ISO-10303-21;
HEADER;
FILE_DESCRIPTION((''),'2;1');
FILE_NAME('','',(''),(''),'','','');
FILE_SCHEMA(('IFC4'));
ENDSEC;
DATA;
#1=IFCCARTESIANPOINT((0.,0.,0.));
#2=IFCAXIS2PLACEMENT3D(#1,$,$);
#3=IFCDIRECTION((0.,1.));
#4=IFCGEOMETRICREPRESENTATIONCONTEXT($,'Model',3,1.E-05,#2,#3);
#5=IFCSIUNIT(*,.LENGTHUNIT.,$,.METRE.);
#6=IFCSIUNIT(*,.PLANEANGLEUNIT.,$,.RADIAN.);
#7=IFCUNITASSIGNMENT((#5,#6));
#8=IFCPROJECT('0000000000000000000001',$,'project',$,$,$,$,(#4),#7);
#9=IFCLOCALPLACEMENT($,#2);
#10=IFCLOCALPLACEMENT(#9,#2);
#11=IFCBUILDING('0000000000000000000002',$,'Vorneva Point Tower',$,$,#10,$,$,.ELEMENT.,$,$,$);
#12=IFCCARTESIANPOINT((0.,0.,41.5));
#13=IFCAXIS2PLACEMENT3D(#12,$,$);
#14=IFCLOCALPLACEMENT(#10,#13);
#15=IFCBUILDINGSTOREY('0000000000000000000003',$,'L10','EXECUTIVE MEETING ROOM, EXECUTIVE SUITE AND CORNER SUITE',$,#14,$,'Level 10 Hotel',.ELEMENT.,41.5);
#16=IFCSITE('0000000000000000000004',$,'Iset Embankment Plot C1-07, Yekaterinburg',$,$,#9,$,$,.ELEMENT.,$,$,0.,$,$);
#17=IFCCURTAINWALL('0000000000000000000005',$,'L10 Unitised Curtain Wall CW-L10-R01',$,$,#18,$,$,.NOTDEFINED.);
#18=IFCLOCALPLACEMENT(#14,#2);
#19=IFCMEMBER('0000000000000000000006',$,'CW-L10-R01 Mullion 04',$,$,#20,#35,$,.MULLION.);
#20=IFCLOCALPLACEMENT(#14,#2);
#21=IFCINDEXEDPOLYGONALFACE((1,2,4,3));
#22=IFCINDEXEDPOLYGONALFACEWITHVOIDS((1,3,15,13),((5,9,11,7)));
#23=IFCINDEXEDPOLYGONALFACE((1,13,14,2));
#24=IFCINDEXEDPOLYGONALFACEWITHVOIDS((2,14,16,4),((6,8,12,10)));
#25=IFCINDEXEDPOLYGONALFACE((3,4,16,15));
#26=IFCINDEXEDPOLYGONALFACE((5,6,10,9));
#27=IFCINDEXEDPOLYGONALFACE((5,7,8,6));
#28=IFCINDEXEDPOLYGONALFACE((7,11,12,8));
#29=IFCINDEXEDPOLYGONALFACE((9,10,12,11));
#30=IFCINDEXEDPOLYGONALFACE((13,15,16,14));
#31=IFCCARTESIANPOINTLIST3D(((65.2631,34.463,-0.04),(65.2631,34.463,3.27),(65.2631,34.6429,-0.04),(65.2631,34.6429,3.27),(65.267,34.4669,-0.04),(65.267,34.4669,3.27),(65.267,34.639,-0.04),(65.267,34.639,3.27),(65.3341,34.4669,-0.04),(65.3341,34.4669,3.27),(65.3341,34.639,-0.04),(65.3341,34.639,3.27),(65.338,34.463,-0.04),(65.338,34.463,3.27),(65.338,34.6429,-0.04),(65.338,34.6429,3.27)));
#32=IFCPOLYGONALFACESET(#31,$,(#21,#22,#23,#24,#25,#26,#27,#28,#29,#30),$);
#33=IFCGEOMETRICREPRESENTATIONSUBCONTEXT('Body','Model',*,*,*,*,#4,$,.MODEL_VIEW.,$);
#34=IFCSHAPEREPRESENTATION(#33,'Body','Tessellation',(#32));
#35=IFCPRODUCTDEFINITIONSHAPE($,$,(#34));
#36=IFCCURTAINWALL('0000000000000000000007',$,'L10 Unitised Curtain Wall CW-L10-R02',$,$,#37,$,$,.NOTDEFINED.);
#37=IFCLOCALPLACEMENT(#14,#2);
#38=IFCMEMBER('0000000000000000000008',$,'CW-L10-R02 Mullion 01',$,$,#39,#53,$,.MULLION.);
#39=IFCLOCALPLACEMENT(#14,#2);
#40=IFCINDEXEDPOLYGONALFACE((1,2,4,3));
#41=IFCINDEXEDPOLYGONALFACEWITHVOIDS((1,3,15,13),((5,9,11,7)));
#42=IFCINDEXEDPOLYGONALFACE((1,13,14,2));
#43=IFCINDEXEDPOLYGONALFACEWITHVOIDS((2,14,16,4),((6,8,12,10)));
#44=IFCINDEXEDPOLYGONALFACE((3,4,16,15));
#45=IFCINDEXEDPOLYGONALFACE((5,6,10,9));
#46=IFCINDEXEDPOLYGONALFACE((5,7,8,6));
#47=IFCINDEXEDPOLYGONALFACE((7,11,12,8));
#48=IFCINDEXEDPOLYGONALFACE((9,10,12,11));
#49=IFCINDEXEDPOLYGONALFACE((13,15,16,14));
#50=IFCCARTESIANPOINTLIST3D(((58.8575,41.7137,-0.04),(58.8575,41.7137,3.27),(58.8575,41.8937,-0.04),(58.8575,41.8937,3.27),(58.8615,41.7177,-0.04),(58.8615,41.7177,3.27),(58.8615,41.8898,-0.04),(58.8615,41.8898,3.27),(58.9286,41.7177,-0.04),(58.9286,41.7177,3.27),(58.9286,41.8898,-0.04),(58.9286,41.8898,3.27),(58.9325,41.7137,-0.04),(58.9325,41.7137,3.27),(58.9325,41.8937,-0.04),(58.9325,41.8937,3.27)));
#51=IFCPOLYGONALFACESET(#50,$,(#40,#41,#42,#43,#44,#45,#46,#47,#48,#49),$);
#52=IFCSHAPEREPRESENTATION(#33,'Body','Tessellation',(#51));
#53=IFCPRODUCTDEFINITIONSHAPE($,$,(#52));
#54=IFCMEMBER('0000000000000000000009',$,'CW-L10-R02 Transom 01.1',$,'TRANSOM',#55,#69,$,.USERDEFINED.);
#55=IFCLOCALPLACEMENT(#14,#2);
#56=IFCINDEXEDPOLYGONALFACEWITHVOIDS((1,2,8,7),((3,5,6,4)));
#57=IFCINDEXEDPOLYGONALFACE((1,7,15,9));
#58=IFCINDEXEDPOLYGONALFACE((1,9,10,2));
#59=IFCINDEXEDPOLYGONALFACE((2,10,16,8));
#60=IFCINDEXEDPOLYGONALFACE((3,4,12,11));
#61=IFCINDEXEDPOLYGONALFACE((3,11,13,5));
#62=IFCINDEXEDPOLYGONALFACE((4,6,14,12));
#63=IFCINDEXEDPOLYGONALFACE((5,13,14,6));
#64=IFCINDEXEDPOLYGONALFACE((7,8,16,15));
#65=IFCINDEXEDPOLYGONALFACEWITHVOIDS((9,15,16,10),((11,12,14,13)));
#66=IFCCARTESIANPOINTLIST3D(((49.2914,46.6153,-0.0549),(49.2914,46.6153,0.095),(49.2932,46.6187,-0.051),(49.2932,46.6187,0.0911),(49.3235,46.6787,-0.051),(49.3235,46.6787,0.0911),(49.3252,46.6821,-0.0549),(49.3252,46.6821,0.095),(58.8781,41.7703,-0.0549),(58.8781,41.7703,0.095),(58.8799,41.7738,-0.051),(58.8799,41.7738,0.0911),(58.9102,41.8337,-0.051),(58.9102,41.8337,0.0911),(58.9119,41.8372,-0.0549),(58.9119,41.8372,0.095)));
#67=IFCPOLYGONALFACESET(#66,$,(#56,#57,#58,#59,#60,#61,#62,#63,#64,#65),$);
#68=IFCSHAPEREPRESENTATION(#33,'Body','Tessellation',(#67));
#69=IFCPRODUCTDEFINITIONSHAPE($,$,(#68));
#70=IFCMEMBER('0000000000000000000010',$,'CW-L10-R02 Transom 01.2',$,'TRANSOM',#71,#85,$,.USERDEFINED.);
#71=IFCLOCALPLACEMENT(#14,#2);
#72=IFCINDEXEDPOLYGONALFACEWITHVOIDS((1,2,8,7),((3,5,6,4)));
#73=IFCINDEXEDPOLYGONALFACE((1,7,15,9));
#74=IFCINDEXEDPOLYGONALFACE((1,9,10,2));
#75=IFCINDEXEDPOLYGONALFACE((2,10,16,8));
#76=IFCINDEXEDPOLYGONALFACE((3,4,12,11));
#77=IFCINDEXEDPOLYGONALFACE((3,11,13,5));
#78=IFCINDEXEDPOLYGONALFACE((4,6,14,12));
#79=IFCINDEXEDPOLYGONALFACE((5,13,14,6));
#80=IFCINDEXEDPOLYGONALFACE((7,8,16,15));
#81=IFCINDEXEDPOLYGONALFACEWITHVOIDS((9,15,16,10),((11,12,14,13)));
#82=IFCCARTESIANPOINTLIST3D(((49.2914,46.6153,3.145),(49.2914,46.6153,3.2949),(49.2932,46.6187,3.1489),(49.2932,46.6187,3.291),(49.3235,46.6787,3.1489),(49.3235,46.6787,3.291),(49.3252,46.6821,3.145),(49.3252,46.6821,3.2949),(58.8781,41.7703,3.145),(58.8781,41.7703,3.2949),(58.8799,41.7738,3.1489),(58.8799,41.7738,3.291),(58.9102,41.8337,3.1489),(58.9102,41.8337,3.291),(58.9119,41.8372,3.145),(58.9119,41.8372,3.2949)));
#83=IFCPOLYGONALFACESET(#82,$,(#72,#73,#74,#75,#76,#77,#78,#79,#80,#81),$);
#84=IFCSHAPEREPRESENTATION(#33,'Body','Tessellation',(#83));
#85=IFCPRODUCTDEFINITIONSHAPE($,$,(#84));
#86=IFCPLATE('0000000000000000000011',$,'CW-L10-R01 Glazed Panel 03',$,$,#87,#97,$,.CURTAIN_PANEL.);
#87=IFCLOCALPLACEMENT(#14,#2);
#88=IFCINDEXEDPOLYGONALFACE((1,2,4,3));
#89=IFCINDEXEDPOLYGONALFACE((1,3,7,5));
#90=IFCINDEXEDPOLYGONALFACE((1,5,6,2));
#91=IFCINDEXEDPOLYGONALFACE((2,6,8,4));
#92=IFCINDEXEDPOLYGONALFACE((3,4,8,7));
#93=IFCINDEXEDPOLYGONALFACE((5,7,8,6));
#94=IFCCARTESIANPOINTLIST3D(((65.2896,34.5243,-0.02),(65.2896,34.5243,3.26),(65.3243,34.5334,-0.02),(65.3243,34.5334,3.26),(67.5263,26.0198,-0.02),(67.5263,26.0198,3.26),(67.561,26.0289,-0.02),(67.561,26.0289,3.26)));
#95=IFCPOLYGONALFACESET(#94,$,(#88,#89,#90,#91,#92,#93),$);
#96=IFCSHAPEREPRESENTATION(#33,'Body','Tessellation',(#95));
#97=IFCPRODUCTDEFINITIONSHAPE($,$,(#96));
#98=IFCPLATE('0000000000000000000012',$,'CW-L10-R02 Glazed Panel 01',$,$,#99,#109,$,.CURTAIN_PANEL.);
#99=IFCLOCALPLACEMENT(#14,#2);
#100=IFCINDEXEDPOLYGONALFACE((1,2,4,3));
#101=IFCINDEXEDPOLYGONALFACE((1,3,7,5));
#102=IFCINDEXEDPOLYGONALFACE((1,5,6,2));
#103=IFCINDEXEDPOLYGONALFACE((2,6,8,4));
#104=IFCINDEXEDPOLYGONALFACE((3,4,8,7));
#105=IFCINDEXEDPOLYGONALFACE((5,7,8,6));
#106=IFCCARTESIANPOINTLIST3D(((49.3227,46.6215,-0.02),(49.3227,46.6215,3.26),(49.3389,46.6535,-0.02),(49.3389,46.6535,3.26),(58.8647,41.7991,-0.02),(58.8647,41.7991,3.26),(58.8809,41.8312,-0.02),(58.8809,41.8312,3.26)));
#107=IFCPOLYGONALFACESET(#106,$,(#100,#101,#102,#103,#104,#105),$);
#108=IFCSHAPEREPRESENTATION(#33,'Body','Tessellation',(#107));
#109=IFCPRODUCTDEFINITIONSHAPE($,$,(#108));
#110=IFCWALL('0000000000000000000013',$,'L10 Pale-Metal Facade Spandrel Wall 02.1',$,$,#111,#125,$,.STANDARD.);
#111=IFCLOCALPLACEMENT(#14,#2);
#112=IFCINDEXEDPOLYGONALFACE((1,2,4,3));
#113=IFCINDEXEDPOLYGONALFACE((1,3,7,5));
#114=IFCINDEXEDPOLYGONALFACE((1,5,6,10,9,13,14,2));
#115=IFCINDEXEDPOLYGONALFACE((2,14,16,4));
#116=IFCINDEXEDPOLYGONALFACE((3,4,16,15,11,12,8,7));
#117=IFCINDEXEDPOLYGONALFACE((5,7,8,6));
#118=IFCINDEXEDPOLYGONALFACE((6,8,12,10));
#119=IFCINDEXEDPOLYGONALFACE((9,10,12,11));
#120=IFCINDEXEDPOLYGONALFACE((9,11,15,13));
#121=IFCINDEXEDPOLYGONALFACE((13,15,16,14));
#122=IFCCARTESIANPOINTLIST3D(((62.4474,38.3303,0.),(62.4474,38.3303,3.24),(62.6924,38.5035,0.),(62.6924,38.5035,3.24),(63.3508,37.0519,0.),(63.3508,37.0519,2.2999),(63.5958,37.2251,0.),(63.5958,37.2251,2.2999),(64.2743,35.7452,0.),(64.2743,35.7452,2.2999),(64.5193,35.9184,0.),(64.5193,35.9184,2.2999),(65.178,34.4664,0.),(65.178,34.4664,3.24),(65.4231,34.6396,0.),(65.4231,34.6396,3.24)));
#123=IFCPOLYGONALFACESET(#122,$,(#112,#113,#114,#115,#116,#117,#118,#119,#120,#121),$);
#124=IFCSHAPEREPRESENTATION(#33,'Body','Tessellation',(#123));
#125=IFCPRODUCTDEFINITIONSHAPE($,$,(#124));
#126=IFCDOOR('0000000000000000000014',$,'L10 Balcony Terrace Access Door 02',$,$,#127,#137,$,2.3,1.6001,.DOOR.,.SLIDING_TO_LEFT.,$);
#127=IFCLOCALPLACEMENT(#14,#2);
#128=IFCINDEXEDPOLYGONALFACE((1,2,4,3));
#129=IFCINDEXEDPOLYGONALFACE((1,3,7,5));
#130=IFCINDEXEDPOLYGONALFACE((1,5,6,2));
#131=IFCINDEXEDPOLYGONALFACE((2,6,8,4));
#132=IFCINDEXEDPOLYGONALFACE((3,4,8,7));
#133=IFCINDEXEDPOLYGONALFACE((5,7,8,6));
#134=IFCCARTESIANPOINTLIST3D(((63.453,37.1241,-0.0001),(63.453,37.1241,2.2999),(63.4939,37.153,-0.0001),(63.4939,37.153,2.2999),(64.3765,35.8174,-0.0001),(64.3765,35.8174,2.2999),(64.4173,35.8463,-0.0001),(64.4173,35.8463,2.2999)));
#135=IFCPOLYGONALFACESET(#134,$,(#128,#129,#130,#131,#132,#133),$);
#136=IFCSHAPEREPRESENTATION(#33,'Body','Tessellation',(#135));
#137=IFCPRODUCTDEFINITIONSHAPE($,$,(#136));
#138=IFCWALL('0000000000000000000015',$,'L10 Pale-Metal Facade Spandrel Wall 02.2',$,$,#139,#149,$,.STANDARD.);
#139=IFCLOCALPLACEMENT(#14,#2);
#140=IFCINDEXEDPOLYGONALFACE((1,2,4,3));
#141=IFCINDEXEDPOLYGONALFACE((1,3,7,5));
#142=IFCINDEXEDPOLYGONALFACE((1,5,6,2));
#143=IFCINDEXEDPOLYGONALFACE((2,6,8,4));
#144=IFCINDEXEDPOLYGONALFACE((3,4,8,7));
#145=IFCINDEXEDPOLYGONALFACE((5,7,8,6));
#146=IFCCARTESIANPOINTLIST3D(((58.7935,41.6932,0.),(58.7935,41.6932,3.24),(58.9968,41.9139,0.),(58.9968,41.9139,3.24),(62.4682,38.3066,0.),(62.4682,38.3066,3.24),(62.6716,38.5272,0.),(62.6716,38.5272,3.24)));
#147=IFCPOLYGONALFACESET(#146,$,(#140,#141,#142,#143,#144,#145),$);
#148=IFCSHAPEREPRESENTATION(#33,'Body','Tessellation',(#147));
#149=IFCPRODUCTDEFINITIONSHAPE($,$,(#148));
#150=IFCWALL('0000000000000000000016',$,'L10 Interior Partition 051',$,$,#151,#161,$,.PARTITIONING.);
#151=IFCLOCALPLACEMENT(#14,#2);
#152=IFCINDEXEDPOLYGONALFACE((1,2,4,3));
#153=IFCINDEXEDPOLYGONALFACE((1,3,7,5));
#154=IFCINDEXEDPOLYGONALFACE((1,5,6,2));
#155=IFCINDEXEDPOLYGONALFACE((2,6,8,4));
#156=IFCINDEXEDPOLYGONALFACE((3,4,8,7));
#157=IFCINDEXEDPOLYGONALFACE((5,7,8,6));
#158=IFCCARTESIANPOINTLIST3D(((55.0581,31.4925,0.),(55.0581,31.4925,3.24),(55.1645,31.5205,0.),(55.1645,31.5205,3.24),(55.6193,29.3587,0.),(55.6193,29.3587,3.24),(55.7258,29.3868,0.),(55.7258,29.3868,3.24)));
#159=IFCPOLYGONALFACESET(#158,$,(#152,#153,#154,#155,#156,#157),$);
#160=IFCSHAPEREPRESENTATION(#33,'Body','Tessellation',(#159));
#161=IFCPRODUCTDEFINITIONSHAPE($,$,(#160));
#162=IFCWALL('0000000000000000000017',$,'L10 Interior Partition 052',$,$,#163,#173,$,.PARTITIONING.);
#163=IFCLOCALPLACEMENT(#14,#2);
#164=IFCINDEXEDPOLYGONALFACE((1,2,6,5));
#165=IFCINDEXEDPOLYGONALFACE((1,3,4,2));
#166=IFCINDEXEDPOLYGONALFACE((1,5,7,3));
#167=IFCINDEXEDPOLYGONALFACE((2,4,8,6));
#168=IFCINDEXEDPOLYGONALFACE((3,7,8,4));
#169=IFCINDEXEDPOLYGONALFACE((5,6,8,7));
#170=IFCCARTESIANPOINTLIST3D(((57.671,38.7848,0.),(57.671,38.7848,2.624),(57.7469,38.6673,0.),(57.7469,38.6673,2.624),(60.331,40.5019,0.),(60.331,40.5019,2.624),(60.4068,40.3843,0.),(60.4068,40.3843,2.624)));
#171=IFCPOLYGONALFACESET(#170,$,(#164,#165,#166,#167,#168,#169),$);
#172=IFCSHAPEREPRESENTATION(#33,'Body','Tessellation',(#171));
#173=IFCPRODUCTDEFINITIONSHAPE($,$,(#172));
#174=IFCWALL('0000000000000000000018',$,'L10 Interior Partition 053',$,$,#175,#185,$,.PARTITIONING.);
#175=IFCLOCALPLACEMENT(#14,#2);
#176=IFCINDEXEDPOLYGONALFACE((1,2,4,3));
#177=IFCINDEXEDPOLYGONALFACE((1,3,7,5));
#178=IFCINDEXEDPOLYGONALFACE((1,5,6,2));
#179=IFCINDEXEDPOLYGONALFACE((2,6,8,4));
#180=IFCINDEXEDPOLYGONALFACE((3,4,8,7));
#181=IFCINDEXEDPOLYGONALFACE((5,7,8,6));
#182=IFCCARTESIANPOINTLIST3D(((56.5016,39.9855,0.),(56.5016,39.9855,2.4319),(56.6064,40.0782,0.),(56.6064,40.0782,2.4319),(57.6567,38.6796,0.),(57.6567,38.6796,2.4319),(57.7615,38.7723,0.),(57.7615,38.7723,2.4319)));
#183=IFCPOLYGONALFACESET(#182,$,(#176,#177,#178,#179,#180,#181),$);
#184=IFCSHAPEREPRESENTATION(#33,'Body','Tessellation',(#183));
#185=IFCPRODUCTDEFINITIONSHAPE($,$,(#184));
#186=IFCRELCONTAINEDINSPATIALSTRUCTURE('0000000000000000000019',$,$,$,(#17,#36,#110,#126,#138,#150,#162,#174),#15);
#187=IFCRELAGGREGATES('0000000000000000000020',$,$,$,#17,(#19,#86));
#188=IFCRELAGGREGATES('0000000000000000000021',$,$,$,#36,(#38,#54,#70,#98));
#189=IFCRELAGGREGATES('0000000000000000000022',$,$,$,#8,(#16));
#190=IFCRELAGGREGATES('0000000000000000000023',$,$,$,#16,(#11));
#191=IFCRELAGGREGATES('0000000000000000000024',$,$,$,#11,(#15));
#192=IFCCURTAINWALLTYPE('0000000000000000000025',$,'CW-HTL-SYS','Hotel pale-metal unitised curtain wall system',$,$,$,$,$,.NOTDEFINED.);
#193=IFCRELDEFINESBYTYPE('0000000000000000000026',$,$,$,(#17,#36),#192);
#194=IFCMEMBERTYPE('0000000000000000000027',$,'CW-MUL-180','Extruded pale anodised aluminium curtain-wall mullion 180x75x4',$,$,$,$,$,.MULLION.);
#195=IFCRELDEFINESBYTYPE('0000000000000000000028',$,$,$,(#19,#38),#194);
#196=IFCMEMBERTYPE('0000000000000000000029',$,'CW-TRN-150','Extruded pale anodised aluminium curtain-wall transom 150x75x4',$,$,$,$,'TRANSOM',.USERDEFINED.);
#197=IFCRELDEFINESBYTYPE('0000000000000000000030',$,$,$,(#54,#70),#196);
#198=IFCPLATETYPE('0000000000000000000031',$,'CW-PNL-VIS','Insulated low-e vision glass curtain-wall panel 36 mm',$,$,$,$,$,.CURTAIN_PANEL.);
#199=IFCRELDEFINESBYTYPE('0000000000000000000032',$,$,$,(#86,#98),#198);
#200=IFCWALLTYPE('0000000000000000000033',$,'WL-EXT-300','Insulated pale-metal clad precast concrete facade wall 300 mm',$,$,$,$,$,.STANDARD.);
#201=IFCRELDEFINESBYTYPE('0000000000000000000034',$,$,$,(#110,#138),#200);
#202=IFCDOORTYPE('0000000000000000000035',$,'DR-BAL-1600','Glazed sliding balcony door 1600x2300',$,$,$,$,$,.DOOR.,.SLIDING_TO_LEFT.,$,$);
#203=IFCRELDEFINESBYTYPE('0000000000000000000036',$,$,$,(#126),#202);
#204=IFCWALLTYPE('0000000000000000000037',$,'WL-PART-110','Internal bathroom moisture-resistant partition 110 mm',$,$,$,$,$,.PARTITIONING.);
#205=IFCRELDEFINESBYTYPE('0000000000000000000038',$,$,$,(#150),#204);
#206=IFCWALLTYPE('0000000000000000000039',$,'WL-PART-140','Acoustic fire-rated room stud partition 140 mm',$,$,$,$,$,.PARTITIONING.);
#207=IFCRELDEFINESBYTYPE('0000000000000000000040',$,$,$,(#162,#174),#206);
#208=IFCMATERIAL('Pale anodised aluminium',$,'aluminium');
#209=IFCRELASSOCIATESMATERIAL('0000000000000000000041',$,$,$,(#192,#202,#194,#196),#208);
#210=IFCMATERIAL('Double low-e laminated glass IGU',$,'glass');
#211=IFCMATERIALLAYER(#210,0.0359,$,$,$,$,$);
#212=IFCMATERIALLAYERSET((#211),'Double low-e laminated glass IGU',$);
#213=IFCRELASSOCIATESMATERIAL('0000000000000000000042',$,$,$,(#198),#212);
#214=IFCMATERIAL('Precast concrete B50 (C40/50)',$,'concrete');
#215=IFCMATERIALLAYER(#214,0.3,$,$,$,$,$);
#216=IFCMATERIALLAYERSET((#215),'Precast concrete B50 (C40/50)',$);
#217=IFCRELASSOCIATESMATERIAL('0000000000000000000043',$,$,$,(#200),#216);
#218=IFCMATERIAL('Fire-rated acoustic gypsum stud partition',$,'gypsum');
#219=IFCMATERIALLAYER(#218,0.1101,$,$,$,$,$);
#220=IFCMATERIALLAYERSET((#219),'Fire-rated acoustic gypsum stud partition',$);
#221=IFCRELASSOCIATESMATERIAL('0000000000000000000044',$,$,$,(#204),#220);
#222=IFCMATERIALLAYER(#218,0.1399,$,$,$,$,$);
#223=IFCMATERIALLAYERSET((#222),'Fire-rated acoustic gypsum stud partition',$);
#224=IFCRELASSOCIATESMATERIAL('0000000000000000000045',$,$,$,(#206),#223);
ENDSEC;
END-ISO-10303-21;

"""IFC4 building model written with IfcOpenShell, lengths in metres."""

from ifc_helpers import new_model, si_unit, direction, frame, frame_2d, origin, origin_2d, place, context, subcontext, project, spatial, rectangle, hollow_rectangle, extrude, material, layer, layer_set, material_profile, profile_set, type_object, element, fill, aggregate, save


model = new_model("IFC4")

# Units and contexts
model_context = context("Model", 3, precision=1e-05, world=origin(), true_north=direction((0.0, 1.0)))
body_context = subcontext(model_context, "Body", "Model", "MODEL_VIEW")
ifc_project = project(units=[si_unit("LENGTHUNIT", "METRE"), si_unit("PLANEANGLEUNIT", "RADIAN")], contexts=[model_context])

# Site, building, storey
site_placement = place(None, origin())
site = spatial("IfcSite", under=ifc_project, at=site_placement, Name="Iset Embankment Plot C1-07, Yekaterinburg", CompositionType="ELEMENT", RefElevation=0.0)
building_placement = place(site_placement, origin())
building = spatial("IfcBuilding", under=site, at=building_placement, Name="Vorneva Point Tower", CompositionType="ELEMENT")
storey_placement = place(building_placement, frame((0.0, 0.0, 41.5)))
storey = spatial("IfcBuildingStorey", under=building, at=storey_placement, Name="L10", Description="EXECUTIVE MEETING ROOM, EXECUTIVE SUITE AND CORNER SUITE", LongName="Level 10 Hotel", CompositionType="ELEMENT", Elevation=41.5)

# Curtain wall, member
ifc_material_1 = material(Name="Pale anodised aluminium", Category="aluminium")
curtain_wall_type = type_object("IfcCurtainWallType", Name="CW-HTL-SYS", Description="Hotel pale-metal unitised curtain wall system", PredefinedType="NOTDEFINED", material=ifc_material_1)
curtain_wall_1_placement = place(storey_placement, origin())
curtain_wall_1 = element("IfcCurtainWall", 1, at=curtain_wall_1_placement, inside=storey, type_object=curtain_wall_type, Name="L10 Unitised Curtain Wall CW-L10-R01", PredefinedType="NOTDEFINED")
ifc_material_profile_1 = material_profile(ifc_material_1, hollow_rectangle(XDim=0.075, YDim=0.1799, WallThickness=0.0039, at=origin_2d()), Name="AL-MUL 180x75x4")
ifc_profile_set_1 = profile_set([ifc_material_profile_1], Name="Pale anodised aluminium")
member_type_1 = type_object("IfcMemberType", Name="CW-MUL-180", Description="Extruded pale anodised aluminium curtain-wall mullion 180x75x4", PredefinedType="MULLION", material=ifc_profile_set_1)
member_1_placement = place(storey_placement, frame((65.3005, 34.553, -0.04), z_axis=(0.0, 0.0, 1.0), x_axis=(1.0, 0.0, 0.0)))
member_1 = element("IfcMember", 2, at=member_1_placement, type_object=member_type_1, Name="CW-L10-R01 Mullion 04", PredefinedType="MULLION", context=body_context, shape_type="SweptSolid", body=[
    extrude(hollow_rectangle(XDim=0.075, YDim=0.1799, WallThickness=0.0039, at=origin_2d()), origin(), (0.0, 0.0, 1.0), 3.3101),
])

# Curtain wall, members
curtain_wall_2_placement = place(storey_placement, origin())
curtain_wall_2 = element("IfcCurtainWall", 3, at=curtain_wall_2_placement, inside=storey, type_object=curtain_wall_type, Name="L10 Unitised Curtain Wall CW-L10-R02", PredefinedType="NOTDEFINED")
member_2_placement = place(storey_placement, frame((58.895, 41.8037, -0.04), z_axis=(0.0, 0.0, 1.0), x_axis=(1.0, 0.0, 0.0)))
member_2 = element("IfcMember", 4, at=member_2_placement, type_object=member_type_1, Name="CW-L10-R02 Mullion 01", PredefinedType="MULLION", context=body_context, shape_type="SweptSolid", body=[
    extrude(hollow_rectangle(XDim=0.075, YDim=0.1799, WallThickness=0.0039, at=origin_2d()), origin(), (0.0, 0.0, 1.0), 3.3101),
])
ifc_material_profile_2 = material_profile(ifc_material_1, hollow_rectangle(XDim=0.075, YDim=0.1499, WallThickness=0.0039, at=origin_2d()), Name="AL-TRN 150x75x4")
ifc_profile_set_2 = profile_set([ifc_material_profile_2], Name="Pale anodised aluminium")
member_type_2 = type_object("IfcMemberType", Name="CW-TRN-150", Description="Extruded pale anodised aluminium curtain-wall transom 150x75x4", ElementType="TRANSOM", PredefinedType="USERDEFINED", material=ifc_profile_set_2)
member_3_placement = place(storey_placement, frame((58.895, 41.8037, 0.02), z_axis=(-0.892496, 0.451055, 0.0), x_axis=(-0.451055, -0.892496, 0.0)))
member_3 = element("IfcMember", 5, at=member_3_placement, type_object=member_type_2, Name="CW-L10-R02 Transom 01.1", ObjectType="TRANSOM", PredefinedType="USERDEFINED", context=body_context, shape_type="SweptSolid", body=[
    extrude(hollow_rectangle(XDim=0.075, YDim=0.1499, WallThickness=0.0039, at=origin_2d()), origin(), (0.0, 0.0, 1.0), 10.7415),
])
member_4_placement = place(storey_placement, frame((58.895, 41.8037, 3.22), z_axis=(-0.892496, 0.451055, 0.0), x_axis=(-0.451055, -0.892496, 0.0)))
member_4 = element("IfcMember", 6, at=member_4_placement, type_object=member_type_2, Name="CW-L10-R02 Transom 01.2", ObjectType="TRANSOM", PredefinedType="USERDEFINED", context=body_context, shape_type="SweptSolid", body=[
    extrude(hollow_rectangle(XDim=0.075, YDim=0.1499, WallThickness=0.0039, at=origin_2d()), origin(), (0.0, 0.0, 1.0), 10.7415),
])

# Plates
ifc_material_2 = material(Name="Double low-e laminated glass IGU", Category="glass")
ifc_layer_1 = layer(ifc_material_2, 0.0359)
ifc_layer_set_1 = layer_set([ifc_layer_1], Name="Double low-e laminated glass IGU")
plate_type = type_object("IfcPlateType", Name="CW-PNL-VIS", Description="Insulated low-e vision glass curtain-wall panel 36 mm", PredefinedType="CURTAIN_PANEL", material=ifc_layer_set_1)
plate_1_placement = place(storey_placement, frame((66.4253, 30.2766, -0.02), z_axis=(0.0, 0.0, 1.0), x_axis=(-0.254349, 0.967113, 0.0)))
plate_1 = element("IfcPlate", 7, at=plate_1_placement, type_object=plate_type, Name="CW-L10-R01 Glazed Panel 03", PredefinedType="CURTAIN_PANEL", context=body_context, shape_type="SweptSolid", body=[
    extrude(rectangle(XDim=8.7937, YDim=0.0359, at=origin_2d()), origin(), (0.0, 0.0, 1.0), 3.28),
])
aggregate(curtain_wall_1, [member_1, plate_1])
plate_2_placement = place(storey_placement, frame((54.1018, 44.2263, -0.02), z_axis=(0.0, 0.0, 1.0), x_axis=(-0.892499, 0.451049, 0.0)))
plate_2 = element("IfcPlate", 8, at=plate_2_placement, type_object=plate_type, Name="CW-L10-R02 Glazed Panel 01", PredefinedType="CURTAIN_PANEL", context=body_context, shape_type="SweptSolid", body=[
    extrude(rectangle(XDim=10.6914, YDim=0.0359, at=origin_2d()), origin(), (0.0, 0.0, 1.0), 3.28),
])
aggregate(curtain_wall_2, [member_2, member_3, member_4, plate_2])

# Wall, opening, door
ifc_material_3 = material(Name="Precast concrete B50 (C40/50)", Category="concrete")
ifc_layer_2 = layer(ifc_material_3, 0.3)
ifc_layer_set_2 = layer_set([ifc_layer_2], Name="Precast concrete B50 (C40/50)")
wall_type_1 = type_object("IfcWallType", Name="WL-EXT-300", Description="Insulated pale-metal clad precast concrete facade wall 300 mm", PredefinedType="STANDARD", material=ifc_layer_set_2)
wall_1_placement = place(storey_placement, frame((65.3005, 34.553, 0.0), z_axis=(0.0, 0.0, 1.0), x_axis=(-0.577131, 0.816652, 0.0)))
wall_1 = element("IfcWall", 9, at=wall_1_placement, inside=storey, type_object=wall_type_1, Name="L10 Pale-Metal Facade Spandrel Wall 02.1", PredefinedType="STANDARD", context=body_context, shape_type="SweptSolid", body=[
    extrude(rectangle(XDim=4.7314, YDim=0.3, at=frame_2d((2.3657, 0.0))), origin(), (0.0, 0.0, 1.0), 3.24),
])
opening_1_placement = place(wall_1_placement, frame((1.5659, 0.0, 0.0)))
opening_1 = element("IfcOpeningElement", 10, at=opening_1_placement, cuts=wall_1, PredefinedType="OPENING", context=body_context, shape_type="SweptSolid", body=[
    extrude(rectangle(XDim=1.6001, YDim=2.3, at=frame_2d((0.8, 1.1499))), frame((0.0, 0.165, 0.0), z_axis=(0.0, -1.0, 0.0), x_axis=(1.0, 0.0, 0.0)), (0.0, 0.0, 1.0), 0.3298),
])
door_type_1 = type_object("IfcDoorType", Name="DR-BAL-1600", Description="Glazed sliding balcony door 1600x2300", OperationType="SLIDING_TO_LEFT", PredefinedType="DOOR", material=ifc_material_1)
door_1_placement = place(opening_1_placement, origin())
door_1 = element("IfcDoor", 11, at=door_1_placement, inside=storey, type_object=door_type_1, Name="L10 Balcony Terrace Access Door 02", OperationType="SLIDING_TO_LEFT", OverallHeight=2.3, OverallWidth=1.6001, PredefinedType="DOOR", context=body_context, shape_type="SweptSolid", body=[
    extrude(rectangle(XDim=1.6001, YDim=2.3, at=frame_2d((0.8, 1.1499))), frame((0.0, 0.0249, 0.0), z_axis=(0.0, -1.0, 0.0), x_axis=(1.0, 0.0, 0.0)), (0.0, 0.0, 1.0), 0.05),
])
fill(opening_1, door_1)

# Walls
wall_2_placement = place(storey_placement, frame((62.5698, 38.417, 0.0), z_axis=(0.0, 0.0, 1.0), x_axis=(-0.735343, 0.677696, 0.0)))
element("IfcWall", 12, at=wall_2_placement, inside=storey, type_object=wall_type_1, Name="L10 Pale-Metal Facade Spandrel Wall 02.2", PredefinedType="STANDARD", context=body_context, shape_type="SweptSolid", body=[
    extrude(rectangle(XDim=4.9973, YDim=0.3, at=frame_2d((2.4985, 0.0))), origin(), (0.0, 0.0, 1.0), 3.24),
])
ifc_material_4 = material(Name="Fire-rated acoustic gypsum stud partition", Category="gypsum")
ifc_layer_3 = layer(ifc_material_4, 0.1101)
ifc_layer_set_3 = layer_set([ifc_layer_3], Name="Fire-rated acoustic gypsum stud partition")
wall_type_2 = type_object("IfcWallType", Name="WL-PART-110", Description="Internal bathroom moisture-resistant partition 110 mm", PredefinedType="PARTITIONING", material=ifc_layer_set_3)
wall_3_placement = place(storey_placement, frame((55.1113, 31.5063, 0.0), z_axis=(0.0, 0.0, 1.0), x_axis=(0.25439, -0.967102, 0.0)))
element("IfcWall", 13, at=wall_3_placement, inside=storey, type_object=wall_type_2, Name="L10 Interior Partition 051", PredefinedType="PARTITIONING", context=body_context, shape_type="SweptSolid", body=[
    extrude(rectangle(XDim=2.2063, YDim=0.1101, at=frame_2d((1.103, 0.0))), origin(), (0.0, 0.0, 1.0), 3.24),
])
ifc_layer_4 = layer(ifc_material_4, 0.1399)
ifc_layer_set_4 = layer_set([ifc_layer_4], Name="Fire-rated acoustic gypsum stud partition")
wall_type_3 = type_object("IfcWallType", Name="WL-PART-140", Description="Acoustic fire-rated room stud partition 140 mm", PredefinedType="PARTITIONING", material=ifc_layer_set_4)
wall_4_placement = place(storey_placement, frame((60.3689, 40.4431, 0.0), z_axis=(0.0, 0.0, 1.0), x_axis=(-0.840157, -0.542343, 0.0)))
element("IfcWall", 14, at=wall_4_placement, inside=storey, type_object=wall_type_3, Name="L10 Interior Partition 052", PredefinedType="PARTITIONING", context=body_context, shape_type="SweptSolid", body=[
    extrude(rectangle(XDim=3.166, YDim=0.1399, at=frame_2d((1.583, 0.0))), origin(), (0.0, 0.0, 1.0), 2.624),
])
wall_5_placement = place(storey_placement, frame((57.709, 38.7261, 0.0), z_axis=(0.0, 0.0, 1.0), x_axis=(-0.66251, 0.749053, 0.0)))
element("IfcWall", 15, at=wall_5_placement, inside=storey, type_object=wall_type_3, Name="L10 Interior Partition 053", PredefinedType="PARTITIONING", context=body_context, shape_type="SweptSolid", body=[
    extrude(rectangle(XDim=1.7434, YDim=0.1399, at=frame_2d((0.8716, 0.0))), origin(), (0.0, 0.0, 1.0), 2.4319),
])

save(model, "model.ifc")
